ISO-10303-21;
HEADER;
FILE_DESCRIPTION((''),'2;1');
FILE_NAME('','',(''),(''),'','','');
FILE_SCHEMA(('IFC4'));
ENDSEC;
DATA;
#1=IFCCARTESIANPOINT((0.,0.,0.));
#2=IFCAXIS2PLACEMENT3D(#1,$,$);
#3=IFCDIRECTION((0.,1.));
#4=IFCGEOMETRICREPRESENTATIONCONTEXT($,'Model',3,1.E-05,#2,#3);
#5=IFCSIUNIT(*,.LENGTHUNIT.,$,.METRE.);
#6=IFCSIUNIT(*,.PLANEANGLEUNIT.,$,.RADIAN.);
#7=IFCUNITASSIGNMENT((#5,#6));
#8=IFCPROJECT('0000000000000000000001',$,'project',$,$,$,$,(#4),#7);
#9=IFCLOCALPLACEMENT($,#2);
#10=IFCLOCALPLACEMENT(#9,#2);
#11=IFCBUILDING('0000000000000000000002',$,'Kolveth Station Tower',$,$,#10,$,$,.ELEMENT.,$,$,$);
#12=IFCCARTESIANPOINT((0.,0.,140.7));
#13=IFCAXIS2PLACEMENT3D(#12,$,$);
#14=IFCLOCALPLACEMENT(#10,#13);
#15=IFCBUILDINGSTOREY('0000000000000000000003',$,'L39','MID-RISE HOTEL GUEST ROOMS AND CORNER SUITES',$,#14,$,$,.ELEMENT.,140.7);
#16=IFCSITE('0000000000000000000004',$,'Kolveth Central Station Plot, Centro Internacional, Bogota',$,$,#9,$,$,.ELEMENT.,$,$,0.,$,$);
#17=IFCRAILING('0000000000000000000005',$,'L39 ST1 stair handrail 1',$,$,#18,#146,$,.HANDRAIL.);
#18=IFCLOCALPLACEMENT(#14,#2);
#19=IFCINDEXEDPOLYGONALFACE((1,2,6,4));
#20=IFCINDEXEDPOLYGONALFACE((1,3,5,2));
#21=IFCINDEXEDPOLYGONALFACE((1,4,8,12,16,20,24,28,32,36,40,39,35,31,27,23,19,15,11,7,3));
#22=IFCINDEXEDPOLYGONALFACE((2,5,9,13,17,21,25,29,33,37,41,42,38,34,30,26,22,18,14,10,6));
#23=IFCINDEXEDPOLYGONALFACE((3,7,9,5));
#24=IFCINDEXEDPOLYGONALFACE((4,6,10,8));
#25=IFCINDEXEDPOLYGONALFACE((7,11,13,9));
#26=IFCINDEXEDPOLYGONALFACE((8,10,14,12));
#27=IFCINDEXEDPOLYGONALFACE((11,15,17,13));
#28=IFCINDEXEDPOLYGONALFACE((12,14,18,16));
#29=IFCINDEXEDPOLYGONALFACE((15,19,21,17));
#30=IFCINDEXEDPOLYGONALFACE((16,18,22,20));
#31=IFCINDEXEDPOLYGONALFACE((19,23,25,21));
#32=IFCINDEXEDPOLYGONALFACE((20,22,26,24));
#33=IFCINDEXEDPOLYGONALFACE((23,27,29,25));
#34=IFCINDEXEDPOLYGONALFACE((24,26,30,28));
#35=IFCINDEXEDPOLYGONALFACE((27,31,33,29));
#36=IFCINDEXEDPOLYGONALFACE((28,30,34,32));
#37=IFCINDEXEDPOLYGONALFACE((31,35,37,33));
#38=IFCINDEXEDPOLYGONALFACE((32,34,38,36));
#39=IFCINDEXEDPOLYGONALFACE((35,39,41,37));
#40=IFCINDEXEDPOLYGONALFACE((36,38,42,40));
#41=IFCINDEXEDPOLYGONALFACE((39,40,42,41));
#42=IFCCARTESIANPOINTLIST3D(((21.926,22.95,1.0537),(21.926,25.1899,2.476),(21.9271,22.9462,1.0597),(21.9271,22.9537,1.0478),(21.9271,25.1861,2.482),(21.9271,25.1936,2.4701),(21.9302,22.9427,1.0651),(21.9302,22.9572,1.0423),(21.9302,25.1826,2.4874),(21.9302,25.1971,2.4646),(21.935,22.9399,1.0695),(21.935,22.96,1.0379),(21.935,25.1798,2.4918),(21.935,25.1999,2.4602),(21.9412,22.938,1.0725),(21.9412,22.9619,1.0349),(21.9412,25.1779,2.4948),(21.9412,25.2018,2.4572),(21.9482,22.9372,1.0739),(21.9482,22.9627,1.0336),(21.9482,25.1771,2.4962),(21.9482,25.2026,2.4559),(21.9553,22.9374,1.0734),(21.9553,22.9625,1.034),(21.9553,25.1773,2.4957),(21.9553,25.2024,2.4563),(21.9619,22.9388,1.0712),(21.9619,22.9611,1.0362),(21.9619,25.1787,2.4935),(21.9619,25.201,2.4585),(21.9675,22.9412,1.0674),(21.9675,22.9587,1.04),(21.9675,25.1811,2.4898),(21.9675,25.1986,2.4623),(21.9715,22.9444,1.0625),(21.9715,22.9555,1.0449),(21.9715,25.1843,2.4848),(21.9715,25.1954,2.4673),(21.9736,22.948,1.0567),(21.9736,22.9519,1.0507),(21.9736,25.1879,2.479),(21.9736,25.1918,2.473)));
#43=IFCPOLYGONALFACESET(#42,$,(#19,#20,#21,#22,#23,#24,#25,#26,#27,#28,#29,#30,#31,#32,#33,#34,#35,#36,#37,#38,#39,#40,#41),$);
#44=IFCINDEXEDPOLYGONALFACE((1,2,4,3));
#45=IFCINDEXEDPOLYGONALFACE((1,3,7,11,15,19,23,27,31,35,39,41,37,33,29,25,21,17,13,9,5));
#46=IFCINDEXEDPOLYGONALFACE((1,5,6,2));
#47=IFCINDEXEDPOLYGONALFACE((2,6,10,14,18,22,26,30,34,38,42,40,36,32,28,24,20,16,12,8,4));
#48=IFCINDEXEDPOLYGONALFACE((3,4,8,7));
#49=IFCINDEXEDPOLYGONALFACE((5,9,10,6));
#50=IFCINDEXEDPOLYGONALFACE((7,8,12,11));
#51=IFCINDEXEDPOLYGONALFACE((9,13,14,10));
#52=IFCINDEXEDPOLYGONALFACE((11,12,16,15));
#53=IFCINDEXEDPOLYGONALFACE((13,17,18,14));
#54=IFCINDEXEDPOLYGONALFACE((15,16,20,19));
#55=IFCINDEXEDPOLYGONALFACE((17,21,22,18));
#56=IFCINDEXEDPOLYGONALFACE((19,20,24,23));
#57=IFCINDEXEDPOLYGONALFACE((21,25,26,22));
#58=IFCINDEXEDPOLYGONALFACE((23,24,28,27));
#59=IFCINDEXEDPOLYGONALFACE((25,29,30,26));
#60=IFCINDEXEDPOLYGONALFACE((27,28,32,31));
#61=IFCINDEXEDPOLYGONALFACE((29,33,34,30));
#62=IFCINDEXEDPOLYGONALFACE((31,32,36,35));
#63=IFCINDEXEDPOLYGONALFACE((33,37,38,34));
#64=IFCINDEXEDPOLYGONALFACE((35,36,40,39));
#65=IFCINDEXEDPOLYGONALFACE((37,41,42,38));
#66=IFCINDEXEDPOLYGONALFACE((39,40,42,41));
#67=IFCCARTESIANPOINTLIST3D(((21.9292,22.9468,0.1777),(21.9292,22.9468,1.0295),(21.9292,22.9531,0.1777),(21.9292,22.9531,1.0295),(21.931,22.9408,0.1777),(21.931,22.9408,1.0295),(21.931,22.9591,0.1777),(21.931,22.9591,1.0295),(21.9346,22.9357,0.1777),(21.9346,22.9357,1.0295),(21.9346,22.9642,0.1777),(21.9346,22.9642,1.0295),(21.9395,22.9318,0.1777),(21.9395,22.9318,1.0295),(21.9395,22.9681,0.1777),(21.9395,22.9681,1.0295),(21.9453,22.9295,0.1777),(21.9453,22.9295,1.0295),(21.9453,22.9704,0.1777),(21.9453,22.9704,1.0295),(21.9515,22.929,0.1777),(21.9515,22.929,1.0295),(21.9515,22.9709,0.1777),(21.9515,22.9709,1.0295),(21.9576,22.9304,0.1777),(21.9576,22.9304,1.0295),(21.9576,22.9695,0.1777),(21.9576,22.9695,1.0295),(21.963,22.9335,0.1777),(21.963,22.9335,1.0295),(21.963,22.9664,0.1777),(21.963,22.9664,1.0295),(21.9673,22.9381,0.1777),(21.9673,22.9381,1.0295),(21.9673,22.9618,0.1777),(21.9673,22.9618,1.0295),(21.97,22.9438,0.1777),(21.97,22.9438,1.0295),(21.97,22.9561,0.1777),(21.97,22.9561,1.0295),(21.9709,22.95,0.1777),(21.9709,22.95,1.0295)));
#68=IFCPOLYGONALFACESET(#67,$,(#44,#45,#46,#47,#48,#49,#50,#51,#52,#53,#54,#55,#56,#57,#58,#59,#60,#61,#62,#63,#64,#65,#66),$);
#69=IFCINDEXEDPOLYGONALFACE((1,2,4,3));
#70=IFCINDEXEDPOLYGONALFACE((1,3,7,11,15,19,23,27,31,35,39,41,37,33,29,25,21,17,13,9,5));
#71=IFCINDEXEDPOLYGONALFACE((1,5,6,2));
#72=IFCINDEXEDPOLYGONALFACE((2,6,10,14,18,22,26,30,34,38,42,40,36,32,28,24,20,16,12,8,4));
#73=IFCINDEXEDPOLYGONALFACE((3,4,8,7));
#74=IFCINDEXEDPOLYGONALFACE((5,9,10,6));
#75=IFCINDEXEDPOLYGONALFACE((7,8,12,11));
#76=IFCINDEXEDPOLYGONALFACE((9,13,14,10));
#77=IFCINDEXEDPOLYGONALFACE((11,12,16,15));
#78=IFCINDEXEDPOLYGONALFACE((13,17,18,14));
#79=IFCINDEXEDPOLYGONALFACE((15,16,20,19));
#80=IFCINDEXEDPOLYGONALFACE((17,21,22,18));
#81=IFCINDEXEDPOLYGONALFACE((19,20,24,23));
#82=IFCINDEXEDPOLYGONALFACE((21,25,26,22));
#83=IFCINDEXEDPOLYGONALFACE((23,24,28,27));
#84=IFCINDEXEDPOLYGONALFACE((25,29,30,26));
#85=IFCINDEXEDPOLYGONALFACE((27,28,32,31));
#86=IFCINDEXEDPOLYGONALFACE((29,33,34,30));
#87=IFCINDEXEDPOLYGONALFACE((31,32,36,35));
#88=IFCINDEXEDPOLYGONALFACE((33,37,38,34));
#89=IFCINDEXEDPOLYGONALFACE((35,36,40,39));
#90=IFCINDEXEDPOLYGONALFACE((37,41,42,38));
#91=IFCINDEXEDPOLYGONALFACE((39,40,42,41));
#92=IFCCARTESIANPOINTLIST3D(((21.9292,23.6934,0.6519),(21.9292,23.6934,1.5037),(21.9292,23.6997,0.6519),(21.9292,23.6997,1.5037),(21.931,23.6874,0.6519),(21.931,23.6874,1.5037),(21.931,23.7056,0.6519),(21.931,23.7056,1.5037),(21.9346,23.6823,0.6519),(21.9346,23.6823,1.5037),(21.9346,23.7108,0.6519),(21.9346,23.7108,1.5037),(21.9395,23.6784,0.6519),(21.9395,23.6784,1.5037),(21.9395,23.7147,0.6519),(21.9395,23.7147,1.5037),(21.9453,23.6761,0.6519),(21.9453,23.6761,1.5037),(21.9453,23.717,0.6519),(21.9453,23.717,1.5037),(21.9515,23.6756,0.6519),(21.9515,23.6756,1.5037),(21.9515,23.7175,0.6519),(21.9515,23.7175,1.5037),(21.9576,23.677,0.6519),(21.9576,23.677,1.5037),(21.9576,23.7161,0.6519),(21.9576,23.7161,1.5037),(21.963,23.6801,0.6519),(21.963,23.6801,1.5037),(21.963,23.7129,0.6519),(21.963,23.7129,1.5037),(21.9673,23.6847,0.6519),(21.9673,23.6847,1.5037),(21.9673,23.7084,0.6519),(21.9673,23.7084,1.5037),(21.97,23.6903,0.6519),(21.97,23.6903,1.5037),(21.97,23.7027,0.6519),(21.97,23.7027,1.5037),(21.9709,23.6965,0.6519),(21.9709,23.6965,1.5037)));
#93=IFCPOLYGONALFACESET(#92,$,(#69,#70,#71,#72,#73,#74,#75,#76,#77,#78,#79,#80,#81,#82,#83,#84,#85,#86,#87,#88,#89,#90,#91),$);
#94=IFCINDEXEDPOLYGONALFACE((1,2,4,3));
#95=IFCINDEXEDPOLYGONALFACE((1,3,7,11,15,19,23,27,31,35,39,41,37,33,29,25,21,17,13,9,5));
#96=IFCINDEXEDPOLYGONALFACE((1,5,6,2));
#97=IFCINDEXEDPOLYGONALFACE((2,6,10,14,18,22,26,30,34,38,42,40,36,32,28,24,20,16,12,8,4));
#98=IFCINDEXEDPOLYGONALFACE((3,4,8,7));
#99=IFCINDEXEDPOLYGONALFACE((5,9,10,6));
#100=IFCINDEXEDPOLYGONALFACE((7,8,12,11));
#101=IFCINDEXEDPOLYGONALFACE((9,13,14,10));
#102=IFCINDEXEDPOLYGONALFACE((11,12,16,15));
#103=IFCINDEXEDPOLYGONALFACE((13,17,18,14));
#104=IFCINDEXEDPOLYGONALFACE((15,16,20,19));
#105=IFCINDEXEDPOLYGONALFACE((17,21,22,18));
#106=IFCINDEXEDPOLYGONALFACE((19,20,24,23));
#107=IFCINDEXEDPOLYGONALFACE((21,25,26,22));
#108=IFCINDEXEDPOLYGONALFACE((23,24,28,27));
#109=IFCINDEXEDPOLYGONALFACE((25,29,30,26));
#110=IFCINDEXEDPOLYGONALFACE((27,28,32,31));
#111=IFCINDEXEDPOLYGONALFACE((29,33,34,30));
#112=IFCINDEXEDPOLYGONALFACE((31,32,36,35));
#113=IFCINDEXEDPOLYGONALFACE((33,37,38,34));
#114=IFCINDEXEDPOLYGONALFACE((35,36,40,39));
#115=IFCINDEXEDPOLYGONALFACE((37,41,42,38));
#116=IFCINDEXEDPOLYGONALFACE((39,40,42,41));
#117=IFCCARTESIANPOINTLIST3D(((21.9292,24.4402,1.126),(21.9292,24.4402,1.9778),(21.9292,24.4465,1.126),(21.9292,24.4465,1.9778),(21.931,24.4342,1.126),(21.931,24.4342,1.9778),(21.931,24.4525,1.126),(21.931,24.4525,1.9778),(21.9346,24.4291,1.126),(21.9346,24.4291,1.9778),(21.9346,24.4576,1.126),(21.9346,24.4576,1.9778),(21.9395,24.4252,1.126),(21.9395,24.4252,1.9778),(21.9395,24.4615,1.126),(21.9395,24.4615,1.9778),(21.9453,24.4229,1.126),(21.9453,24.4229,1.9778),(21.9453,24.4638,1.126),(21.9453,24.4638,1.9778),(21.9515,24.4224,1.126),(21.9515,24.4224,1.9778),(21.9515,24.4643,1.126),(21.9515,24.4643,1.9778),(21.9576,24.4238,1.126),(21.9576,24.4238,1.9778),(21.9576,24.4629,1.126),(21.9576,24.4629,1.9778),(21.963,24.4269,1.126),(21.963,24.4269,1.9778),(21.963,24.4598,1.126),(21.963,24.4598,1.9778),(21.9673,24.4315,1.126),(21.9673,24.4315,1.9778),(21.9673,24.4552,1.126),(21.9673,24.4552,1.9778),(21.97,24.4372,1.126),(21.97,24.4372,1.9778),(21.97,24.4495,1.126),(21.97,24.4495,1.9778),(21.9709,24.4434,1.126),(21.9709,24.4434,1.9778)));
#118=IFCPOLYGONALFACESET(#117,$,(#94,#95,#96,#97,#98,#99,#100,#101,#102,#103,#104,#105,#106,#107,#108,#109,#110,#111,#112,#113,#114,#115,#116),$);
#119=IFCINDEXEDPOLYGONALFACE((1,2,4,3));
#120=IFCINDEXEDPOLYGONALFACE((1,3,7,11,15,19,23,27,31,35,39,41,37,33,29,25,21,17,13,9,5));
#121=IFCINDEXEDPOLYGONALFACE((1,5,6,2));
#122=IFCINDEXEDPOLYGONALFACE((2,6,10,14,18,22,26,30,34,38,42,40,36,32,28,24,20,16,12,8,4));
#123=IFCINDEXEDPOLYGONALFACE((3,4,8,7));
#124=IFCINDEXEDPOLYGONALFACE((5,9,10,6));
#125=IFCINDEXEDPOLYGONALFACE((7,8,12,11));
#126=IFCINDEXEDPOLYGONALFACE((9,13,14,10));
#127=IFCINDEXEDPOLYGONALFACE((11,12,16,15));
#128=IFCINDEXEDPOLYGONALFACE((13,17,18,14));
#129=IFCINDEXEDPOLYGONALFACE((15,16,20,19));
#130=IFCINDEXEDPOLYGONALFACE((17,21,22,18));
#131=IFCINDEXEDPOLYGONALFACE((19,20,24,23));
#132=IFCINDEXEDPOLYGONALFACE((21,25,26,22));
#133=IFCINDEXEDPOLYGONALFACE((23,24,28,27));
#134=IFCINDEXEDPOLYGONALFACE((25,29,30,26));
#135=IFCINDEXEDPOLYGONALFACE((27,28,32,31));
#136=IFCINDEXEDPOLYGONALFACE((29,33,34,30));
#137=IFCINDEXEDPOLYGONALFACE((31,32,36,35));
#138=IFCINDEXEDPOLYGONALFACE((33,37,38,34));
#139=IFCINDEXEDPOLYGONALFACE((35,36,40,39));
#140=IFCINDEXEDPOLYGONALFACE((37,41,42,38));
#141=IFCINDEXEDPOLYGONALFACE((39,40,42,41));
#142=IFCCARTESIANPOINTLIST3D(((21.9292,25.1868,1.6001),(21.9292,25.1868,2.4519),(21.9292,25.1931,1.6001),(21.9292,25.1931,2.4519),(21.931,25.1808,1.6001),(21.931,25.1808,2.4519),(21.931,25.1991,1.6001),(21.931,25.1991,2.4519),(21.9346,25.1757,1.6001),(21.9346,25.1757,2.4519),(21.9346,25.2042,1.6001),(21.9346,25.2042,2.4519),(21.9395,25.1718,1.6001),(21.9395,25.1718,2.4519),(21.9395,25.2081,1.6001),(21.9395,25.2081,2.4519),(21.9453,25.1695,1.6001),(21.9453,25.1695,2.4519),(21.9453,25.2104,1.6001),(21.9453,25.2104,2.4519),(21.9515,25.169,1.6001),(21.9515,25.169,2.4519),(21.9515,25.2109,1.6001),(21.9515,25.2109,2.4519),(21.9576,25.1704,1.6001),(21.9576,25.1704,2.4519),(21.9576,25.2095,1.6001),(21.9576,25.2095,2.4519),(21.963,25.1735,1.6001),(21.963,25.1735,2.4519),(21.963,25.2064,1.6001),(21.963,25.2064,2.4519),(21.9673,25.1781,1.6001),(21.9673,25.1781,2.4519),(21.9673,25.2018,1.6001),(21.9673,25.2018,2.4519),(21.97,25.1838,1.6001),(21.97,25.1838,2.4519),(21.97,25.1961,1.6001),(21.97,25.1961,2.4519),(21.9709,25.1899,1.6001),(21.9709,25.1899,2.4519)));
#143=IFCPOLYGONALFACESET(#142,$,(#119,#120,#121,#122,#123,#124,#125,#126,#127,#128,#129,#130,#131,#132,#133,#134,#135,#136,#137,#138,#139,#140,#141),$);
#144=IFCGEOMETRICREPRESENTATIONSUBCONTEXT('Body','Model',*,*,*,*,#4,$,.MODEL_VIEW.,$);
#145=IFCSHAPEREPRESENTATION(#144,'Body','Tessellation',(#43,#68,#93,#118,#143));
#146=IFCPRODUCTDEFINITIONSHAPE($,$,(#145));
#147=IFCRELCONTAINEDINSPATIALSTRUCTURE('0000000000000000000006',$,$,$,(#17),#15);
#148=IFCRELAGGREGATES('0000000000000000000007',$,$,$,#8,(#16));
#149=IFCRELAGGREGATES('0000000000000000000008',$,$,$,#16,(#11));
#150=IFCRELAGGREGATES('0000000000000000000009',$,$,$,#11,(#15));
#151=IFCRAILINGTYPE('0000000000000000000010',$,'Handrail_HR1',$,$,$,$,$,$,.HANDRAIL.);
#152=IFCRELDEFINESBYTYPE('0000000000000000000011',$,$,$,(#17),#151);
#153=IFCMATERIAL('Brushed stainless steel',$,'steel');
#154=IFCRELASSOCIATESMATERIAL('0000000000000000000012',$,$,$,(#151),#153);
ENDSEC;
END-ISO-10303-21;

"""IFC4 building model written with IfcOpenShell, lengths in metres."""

from ifc_helpers import new_model, si_unit, direction, frame, origin, origin_2d, place, context, subcontext, project, spatial, circle, extrude, material, type_object, element, save


model = new_model("IFC4")

# Units and contexts
model_context = context("Model", 3, precision=1e-05, world=origin(), true_north=direction((0.0, 1.0)))
body_context = subcontext(model_context, "Body", "Model", "MODEL_VIEW")
ifc_project = project(units=[si_unit("LENGTHUNIT", "METRE"), si_unit("PLANEANGLEUNIT", "RADIAN")], contexts=[model_context])

# Site, building, storey
site_placement = place(None, origin())
site = spatial("IfcSite", under=ifc_project, at=site_placement, Name="Kolveth Central Station Plot, Centro Internacional, Bogota", CompositionType="ELEMENT", RefElevation=0.0)
building_placement = place(site_placement, origin())
building = spatial("IfcBuilding", under=site, at=building_placement, Name="Kolveth Station Tower", CompositionType="ELEMENT")
storey_placement = place(building_placement, frame((0.0, 0.0, 140.7)))
storey = spatial("IfcBuildingStorey", under=building, at=storey_placement, Name="L39", Description="MID-RISE HOTEL GUEST ROOMS AND CORNER SUITES", CompositionType="ELEMENT", Elevation=140.7)

# Railing
ifc_material_1 = material(Name="Brushed stainless steel", Category="steel")
railing_type_1 = type_object("IfcRailingType", Name="Handrail_HR1", PredefinedType="HANDRAIL", material=ifc_material_1)
railing_1_placement = place(storey_placement, frame((21.95, 22.95, 0.1777)))
element("IfcRailing", 1, at=railing_1_placement, inside=storey, type_object=railing_type_1, Name="L39 ST1 stair handrail 1", PredefinedType="HANDRAIL", context=body_context, shape_type="SweptSolid", body=[
    extrude(circle(Radius=0.0239, at=origin_2d()), frame((0.0, 0.0, 0.876), z_axis=(0.0, 0.844188, 0.536048), x_axis=(-1.0, 0.0, 0.0)), (0.0, 0.0, 1.0), 2.6533),
    extrude(circle(Radius=0.021, at=origin_2d()), origin(), (0.0, 0.0, 1.0), 0.8518),
    extrude(circle(Radius=0.021, at=origin_2d()), frame((0.0, 0.7466, 0.4741)), (0.0, 0.0, 1.0), 0.8518),
    extrude(circle(Radius=0.021, at=origin_2d()), frame((0.0, 1.4934, 0.9482)), (0.0, 0.0, 1.0), 0.8518),
    extrude(circle(Radius=0.021, at=origin_2d()), frame((0.0, 2.24, 1.4224)), (0.0, 0.0, 1.0), 0.8518),
])

save(model, "model.ifc")
